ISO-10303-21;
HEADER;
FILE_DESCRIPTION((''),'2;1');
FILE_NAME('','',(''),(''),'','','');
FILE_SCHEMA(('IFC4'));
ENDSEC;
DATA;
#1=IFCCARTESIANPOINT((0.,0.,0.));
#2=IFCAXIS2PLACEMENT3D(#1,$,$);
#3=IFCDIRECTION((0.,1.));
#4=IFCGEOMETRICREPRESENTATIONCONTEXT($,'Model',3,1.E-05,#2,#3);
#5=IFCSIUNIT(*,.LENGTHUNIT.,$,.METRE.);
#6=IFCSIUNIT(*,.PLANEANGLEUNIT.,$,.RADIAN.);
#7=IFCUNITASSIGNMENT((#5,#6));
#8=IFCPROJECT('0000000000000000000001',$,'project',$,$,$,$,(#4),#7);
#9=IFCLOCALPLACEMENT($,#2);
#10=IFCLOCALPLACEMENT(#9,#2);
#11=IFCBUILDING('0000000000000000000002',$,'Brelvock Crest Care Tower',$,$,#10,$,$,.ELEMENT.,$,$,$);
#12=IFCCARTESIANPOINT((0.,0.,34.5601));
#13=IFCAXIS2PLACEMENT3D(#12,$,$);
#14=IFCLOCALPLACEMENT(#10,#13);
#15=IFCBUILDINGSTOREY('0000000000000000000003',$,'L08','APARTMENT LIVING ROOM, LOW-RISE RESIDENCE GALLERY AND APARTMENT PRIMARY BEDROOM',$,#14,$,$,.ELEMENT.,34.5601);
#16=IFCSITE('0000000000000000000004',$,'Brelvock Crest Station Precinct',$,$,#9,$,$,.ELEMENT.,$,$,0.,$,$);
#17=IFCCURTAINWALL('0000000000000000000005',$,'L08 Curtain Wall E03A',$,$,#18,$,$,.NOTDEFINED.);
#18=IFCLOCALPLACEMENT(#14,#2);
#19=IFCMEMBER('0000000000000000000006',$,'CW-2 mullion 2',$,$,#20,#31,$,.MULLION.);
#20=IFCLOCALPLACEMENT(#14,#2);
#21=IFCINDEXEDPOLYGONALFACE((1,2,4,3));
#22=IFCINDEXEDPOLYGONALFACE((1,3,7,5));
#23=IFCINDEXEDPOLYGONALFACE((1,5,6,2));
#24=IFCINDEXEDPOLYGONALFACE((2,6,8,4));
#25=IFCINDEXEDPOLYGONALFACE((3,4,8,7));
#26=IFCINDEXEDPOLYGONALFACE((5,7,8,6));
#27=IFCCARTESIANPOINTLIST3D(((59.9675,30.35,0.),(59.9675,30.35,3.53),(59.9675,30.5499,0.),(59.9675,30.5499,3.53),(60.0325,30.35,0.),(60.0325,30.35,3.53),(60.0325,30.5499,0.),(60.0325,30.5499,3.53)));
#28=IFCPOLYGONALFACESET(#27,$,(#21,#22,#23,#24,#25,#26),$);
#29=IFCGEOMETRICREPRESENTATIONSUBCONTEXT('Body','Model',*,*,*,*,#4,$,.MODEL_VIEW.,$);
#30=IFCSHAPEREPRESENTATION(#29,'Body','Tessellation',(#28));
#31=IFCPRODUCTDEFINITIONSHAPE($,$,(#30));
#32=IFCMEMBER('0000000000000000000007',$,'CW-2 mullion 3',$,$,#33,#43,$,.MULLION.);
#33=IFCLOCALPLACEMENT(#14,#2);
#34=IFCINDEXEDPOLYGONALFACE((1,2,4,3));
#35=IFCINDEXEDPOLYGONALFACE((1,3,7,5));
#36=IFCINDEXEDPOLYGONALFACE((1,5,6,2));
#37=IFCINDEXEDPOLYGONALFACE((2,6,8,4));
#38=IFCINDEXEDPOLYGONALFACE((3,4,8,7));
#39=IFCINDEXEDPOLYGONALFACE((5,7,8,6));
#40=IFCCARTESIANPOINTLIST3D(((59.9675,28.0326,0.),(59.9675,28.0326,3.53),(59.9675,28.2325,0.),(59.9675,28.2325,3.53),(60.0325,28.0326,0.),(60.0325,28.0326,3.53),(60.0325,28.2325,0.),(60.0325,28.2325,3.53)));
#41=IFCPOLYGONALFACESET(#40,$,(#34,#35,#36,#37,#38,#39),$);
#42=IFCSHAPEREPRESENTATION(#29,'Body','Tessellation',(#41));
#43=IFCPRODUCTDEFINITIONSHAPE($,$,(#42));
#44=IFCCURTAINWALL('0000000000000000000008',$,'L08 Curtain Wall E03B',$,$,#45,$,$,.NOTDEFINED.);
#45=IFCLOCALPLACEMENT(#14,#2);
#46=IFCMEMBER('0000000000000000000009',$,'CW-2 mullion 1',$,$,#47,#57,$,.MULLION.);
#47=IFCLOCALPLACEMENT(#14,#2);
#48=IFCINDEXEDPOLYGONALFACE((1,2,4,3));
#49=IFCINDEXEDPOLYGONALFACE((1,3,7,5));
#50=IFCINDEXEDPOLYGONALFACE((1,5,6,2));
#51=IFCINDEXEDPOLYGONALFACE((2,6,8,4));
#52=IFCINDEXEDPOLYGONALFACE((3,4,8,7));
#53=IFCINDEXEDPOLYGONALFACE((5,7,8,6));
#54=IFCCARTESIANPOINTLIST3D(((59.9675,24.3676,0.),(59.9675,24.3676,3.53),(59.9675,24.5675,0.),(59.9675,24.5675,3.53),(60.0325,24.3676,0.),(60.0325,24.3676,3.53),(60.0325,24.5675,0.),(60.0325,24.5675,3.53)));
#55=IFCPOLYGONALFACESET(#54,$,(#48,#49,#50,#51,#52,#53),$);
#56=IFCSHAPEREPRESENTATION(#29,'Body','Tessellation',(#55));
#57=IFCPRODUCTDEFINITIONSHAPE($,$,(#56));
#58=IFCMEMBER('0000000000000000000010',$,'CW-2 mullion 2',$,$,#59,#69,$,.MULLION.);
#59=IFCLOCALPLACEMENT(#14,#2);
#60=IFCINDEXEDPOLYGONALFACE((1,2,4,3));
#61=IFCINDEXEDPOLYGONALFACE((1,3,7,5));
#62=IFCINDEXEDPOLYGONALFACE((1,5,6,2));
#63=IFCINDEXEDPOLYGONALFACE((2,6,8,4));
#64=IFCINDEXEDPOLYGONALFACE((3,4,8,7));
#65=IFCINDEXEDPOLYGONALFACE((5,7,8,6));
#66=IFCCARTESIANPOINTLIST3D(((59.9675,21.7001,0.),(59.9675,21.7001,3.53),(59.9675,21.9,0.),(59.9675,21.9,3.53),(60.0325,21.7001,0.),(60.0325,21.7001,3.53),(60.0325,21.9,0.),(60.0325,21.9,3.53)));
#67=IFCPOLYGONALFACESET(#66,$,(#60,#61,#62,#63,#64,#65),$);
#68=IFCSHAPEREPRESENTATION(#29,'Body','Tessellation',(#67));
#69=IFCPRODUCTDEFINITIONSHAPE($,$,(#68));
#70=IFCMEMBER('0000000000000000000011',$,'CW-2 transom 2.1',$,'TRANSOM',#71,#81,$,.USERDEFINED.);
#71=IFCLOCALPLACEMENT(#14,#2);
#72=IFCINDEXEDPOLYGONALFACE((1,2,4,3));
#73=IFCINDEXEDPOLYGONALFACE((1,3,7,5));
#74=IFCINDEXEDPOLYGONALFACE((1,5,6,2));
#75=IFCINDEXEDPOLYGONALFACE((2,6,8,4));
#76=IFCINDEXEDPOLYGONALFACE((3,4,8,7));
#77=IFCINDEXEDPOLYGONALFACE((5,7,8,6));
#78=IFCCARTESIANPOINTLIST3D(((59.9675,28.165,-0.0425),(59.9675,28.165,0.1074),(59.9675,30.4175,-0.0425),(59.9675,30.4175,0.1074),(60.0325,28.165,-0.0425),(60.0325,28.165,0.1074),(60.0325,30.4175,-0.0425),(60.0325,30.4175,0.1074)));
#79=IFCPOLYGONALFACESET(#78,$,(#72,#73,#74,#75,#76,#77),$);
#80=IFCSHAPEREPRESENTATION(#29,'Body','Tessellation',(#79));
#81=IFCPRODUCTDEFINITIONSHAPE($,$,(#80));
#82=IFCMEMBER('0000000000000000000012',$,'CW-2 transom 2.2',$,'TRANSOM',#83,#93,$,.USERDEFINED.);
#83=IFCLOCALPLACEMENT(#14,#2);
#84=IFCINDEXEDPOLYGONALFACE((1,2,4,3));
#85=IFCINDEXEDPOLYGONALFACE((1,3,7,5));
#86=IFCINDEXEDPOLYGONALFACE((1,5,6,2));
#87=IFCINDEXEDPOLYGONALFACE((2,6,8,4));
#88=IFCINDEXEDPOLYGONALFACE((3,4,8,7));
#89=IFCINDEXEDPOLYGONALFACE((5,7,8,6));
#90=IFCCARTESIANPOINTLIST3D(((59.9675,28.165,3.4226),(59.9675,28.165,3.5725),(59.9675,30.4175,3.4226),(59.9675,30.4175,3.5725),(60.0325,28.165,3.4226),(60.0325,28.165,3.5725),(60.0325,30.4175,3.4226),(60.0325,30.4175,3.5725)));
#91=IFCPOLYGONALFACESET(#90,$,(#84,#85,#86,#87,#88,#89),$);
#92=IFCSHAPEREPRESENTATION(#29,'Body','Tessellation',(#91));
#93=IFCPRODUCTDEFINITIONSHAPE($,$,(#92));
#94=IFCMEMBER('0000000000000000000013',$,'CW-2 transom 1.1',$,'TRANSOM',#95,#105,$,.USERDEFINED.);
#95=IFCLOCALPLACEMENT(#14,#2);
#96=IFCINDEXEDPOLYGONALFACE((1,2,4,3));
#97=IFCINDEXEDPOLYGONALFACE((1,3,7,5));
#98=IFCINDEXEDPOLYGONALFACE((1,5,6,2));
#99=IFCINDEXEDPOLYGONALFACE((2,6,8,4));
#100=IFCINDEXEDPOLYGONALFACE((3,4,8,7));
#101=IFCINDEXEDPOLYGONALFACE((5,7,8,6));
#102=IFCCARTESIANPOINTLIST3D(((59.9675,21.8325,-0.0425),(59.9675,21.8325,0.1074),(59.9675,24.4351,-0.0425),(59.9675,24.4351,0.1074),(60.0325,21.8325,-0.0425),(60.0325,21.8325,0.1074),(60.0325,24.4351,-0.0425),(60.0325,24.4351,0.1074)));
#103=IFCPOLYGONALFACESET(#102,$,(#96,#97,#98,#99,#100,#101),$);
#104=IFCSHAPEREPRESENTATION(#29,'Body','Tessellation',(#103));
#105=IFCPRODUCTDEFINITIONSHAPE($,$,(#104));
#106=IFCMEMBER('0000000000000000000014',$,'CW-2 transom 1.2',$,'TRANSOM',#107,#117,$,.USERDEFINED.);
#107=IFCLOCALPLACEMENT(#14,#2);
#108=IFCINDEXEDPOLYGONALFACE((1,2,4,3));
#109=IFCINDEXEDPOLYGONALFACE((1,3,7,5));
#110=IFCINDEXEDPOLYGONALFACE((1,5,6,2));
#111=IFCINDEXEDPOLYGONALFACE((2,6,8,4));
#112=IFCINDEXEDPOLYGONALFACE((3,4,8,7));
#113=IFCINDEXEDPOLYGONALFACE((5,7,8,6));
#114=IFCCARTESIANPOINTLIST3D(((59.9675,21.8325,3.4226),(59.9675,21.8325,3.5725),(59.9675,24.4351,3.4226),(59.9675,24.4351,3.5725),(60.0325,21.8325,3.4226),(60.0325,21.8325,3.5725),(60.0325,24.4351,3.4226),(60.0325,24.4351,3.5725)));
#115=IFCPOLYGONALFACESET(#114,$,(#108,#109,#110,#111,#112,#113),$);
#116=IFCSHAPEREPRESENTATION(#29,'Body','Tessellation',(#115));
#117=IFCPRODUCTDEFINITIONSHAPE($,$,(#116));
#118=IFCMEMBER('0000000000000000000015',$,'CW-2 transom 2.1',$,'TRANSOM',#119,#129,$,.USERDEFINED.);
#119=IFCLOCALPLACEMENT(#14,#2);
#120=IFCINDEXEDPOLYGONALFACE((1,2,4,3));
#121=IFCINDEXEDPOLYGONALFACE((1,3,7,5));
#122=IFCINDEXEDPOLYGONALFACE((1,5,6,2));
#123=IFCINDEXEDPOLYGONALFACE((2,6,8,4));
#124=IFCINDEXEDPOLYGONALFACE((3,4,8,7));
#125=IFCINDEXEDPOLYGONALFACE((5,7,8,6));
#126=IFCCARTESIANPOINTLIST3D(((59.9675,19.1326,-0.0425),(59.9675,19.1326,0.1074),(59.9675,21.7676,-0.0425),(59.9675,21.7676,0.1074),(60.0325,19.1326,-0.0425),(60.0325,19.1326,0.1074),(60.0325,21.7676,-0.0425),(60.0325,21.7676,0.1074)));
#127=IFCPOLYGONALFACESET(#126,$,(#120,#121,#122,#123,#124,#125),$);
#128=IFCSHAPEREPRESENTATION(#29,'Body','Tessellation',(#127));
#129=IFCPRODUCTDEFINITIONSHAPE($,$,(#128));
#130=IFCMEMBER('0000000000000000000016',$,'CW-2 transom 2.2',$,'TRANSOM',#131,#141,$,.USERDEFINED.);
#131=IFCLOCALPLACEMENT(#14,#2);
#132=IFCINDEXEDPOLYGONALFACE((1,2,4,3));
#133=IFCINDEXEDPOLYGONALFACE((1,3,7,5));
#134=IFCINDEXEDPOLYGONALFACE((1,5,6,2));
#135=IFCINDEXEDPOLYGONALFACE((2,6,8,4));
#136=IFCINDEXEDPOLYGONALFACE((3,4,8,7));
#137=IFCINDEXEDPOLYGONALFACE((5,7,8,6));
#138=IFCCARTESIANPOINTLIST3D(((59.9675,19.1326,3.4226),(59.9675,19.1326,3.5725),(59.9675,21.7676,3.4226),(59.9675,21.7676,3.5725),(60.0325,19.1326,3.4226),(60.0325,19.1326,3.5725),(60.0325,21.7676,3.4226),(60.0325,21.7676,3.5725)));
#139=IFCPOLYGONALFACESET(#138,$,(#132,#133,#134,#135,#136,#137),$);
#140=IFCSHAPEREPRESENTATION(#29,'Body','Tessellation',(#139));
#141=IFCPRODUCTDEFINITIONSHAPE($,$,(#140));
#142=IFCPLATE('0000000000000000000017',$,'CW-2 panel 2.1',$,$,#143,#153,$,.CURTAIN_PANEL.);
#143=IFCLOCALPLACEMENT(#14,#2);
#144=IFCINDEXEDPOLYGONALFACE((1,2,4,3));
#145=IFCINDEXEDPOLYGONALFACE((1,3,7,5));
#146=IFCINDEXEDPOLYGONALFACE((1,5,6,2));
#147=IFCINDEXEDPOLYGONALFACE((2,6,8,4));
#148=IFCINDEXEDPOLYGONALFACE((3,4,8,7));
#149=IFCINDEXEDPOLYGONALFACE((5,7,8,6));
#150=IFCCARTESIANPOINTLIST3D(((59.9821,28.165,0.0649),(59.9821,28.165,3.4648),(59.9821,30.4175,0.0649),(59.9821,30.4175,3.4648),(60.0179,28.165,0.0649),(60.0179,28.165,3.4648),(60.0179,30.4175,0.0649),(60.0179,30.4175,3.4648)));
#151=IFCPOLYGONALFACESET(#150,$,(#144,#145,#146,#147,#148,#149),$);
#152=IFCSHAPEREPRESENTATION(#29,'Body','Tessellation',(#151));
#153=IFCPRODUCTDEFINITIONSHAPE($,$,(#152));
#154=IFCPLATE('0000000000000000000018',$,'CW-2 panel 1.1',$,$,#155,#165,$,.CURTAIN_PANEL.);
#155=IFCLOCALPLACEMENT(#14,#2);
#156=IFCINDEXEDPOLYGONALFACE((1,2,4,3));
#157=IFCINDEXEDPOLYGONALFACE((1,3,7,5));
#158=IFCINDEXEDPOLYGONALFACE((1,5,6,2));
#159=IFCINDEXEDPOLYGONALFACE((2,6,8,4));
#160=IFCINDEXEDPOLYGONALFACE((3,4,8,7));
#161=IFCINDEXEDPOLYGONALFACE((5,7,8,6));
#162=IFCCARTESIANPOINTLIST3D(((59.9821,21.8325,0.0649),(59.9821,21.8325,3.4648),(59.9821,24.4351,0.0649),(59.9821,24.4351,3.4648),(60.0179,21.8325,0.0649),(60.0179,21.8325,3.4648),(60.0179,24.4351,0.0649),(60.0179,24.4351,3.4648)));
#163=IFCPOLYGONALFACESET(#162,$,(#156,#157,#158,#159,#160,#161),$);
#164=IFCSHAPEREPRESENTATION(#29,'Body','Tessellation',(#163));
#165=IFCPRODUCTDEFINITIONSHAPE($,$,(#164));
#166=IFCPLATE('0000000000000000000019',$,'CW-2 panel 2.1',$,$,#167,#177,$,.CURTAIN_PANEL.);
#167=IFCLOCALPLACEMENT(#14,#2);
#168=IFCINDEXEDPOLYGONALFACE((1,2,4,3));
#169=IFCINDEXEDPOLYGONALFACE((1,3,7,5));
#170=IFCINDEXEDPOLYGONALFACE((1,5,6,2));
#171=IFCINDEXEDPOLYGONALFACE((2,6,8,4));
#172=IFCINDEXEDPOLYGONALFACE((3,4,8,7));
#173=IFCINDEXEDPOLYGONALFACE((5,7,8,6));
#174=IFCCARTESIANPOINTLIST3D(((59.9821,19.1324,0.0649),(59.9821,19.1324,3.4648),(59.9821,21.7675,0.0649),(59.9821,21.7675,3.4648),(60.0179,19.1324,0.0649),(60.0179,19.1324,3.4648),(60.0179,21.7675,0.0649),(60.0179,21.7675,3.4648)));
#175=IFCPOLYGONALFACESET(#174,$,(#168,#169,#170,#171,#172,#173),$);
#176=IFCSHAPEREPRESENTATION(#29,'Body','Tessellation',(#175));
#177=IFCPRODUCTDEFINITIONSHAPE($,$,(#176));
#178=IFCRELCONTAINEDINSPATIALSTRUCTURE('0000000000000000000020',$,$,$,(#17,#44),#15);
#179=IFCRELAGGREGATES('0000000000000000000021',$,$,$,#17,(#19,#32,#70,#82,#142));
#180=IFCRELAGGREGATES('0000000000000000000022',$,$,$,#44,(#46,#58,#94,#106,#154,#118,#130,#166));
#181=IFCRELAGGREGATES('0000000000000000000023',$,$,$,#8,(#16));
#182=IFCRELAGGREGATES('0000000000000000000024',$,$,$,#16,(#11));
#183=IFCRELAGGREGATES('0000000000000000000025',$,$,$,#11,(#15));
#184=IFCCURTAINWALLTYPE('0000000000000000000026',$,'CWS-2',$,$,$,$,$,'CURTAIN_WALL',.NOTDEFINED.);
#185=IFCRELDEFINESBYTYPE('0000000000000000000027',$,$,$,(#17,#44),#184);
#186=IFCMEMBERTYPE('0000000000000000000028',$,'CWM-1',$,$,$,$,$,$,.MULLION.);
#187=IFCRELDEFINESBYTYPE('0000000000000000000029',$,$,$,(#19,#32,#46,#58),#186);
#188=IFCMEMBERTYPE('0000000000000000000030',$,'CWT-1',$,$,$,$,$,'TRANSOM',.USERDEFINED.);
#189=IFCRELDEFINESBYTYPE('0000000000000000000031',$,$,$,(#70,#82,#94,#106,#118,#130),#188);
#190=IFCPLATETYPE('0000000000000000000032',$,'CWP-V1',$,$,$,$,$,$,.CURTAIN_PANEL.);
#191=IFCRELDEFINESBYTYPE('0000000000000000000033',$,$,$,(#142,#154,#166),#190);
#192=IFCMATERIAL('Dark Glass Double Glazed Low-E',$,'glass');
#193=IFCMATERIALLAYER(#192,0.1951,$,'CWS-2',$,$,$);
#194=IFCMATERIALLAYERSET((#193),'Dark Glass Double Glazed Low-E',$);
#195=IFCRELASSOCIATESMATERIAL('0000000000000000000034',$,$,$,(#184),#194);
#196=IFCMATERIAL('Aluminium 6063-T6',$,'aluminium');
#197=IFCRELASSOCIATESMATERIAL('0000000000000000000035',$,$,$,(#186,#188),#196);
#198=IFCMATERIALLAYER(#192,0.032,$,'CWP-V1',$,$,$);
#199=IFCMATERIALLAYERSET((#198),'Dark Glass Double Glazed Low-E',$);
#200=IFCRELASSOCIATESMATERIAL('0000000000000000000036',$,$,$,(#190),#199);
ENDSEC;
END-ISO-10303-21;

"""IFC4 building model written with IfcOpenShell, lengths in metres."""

from ifc_helpers import new_model, si_unit, direction, frame, origin, origin_2d, place, context, subcontext, project, spatial, rectangle, extrude, source, transform, mapped, material, layer, layer_set, material_profile, profile_set, type_object, element, aggregate, save


model = new_model("IFC4")

# Units and contexts
model_context = context("Model", 3, precision=1e-05, world=origin(), true_north=direction((0.0, 1.0)))
body_context = subcontext(model_context, "Body", "Model", "MODEL_VIEW")
ifc_project = project(units=[si_unit("LENGTHUNIT", "METRE"), si_unit("PLANEANGLEUNIT", "RADIAN")], contexts=[model_context])

# Site, building, storey
site_placement = place(None, origin())
site = spatial("IfcSite", under=ifc_project, at=site_placement, Name="Brelvock Crest Station Precinct", CompositionType="ELEMENT", RefElevation=0.0)
building_placement = place(site_placement, origin())
building = spatial("IfcBuilding", under=site, at=building_placement, Name="Brelvock Crest Care Tower", CompositionType="ELEMENT")
storey_placement = place(building_placement, frame((0.0, 0.0, 34.5601)))
storey = spatial("IfcBuildingStorey", under=building, at=storey_placement, Name="L08", Description="APARTMENT LIVING ROOM, LOW-RISE RESIDENCE GALLERY AND APARTMENT PRIMARY BEDROOM", CompositionType="ELEMENT", Elevation=34.5601)

# Curtain walls, members
ifc_material_1 = material(Name="Dark Glass Double Glazed Low-E", Category="glass")
ifc_layer_1 = layer(ifc_material_1, 0.1951, Name="CWS-2")
ifc_layer_set_1 = layer_set([ifc_layer_1], Name="Dark Glass Double Glazed Low-E")
curtain_wall_type = type_object("IfcCurtainWallType", Name="CWS-2", ElementType="CURTAIN_WALL", PredefinedType="NOTDEFINED", material=ifc_layer_set_1)
curtain_wall_1_placement = place(storey_placement, origin())
curtain_wall_1 = element("IfcCurtainWall", 1, at=curtain_wall_1_placement, inside=storey, type_object=curtain_wall_type, Name="L08 Curtain Wall E03A", PredefinedType="NOTDEFINED")
ifc_material_2 = material(Name="Aluminium 6063-T6", Category="aluminium")
ifc_material_profile_1 = material_profile(ifc_material_2, rectangle(XDim=0.0649, YDim=0.2, at=origin_2d()), Name="ALU65x200")
ifc_profile_set_1 = profile_set([ifc_material_profile_1], Name="Aluminium 6063-T6")
member_type_1 = type_object("IfcMemberType", Name="CWM-1", PredefinedType="MULLION", material=ifc_profile_set_1)
shared_shape_1 = source(origin(), body_context, "Body", "SweptSolid", [
    extrude(rectangle(XDim=0.0649, YDim=0.2, at=origin_2d()), origin(), (0.0, 0.0, 1.0), 3.53),
])
member_1_placement = place(storey_placement, frame((60.0, 30.45, 0.0), z_axis=(0.0, 0.0, 1.0), x_axis=(1.0, 0.0, 0.0)))
member_1 = element("IfcMember", 2, at=member_1_placement, type_object=member_type_1, Name="CW-2 mullion 2", PredefinedType="MULLION", context=body_context, shape_type="MappedRepresentation", body=[
    mapped(shared_shape_1, transform((0.0, 0.0, 0.0), x_axis=(1.0, 0.0, 0.0), y_axis=(0.0, 1.0, 0.0), z_axis=(0.0, 0.0, 1.0), scale=1.0)),
])
member_2_placement = place(storey_placement, frame((60.0, 28.1326, 0.0), z_axis=(0.0, 0.0, 1.0), x_axis=(1.0, 0.0, 0.0)))
member_2 = element("IfcMember", 3, at=member_2_placement, type_object=member_type_1, Name="CW-2 mullion 3", PredefinedType="MULLION", context=body_context, shape_type="MappedRepresentation", body=[
    mapped(shared_shape_1, transform((0.0, 0.0, 0.0), x_axis=(1.0, 0.0, 0.0), y_axis=(0.0, 1.0, 0.0), z_axis=(0.0, 0.0, 1.0), scale=1.0)),
])
curtain_wall_2_placement = place(storey_placement, origin())
curtain_wall_2 = element("IfcCurtainWall", 4, at=curtain_wall_2_placement, inside=storey, type_object=curtain_wall_type, Name="L08 Curtain Wall E03B", PredefinedType="NOTDEFINED")
member_3_placement = place(storey_placement, frame((60.0, 24.4675, 0.0), z_axis=(0.0, 0.0, 1.0), x_axis=(1.0, 0.0, 0.0)))
member_3 = element("IfcMember", 5, at=member_3_placement, type_object=member_type_1, Name="CW-2 mullion 1", PredefinedType="MULLION", context=body_context, shape_type="MappedRepresentation", body=[
    mapped(shared_shape_1, transform((0.0, 0.0, 0.0), x_axis=(1.0, 0.0, 0.0), y_axis=(0.0, 1.0, 0.0), z_axis=(0.0, 0.0, 1.0), scale=1.0)),
])
member_4_placement = place(storey_placement, frame((60.0, 21.8, 0.0), z_axis=(0.0, 0.0, 1.0), x_axis=(1.0, 0.0, 0.0)))
member_4 = element("IfcMember", 6, at=member_4_placement, type_object=member_type_1, Name="CW-2 mullion 2", PredefinedType="MULLION", context=body_context, shape_type="MappedRepresentation", body=[
    mapped(shared_shape_1, transform((0.0, 0.0, 0.0), x_axis=(1.0, 0.0, 0.0), y_axis=(0.0, 1.0, 0.0), z_axis=(0.0, 0.0, 1.0), scale=1.0)),
])

# Members
ifc_material_profile_2 = material_profile(ifc_material_2, rectangle(XDim=0.0649, YDim=0.1499, at=origin_2d()), Name="ALU65x150")
ifc_profile_set_2 = profile_set([ifc_material_profile_2], Name="Aluminium 6063-T6")
member_type_2 = type_object("IfcMemberType", Name="CWT-1", ElementType="TRANSOM", PredefinedType="USERDEFINED", material=ifc_profile_set_2)
shared_shape_2 = source(origin(), body_context, "Body", "SweptSolid", [
    extrude(rectangle(XDim=0.0649, YDim=0.1499, at=origin_2d()), origin(), (0.0, 0.0, 1.0), 2.2524),
])
member_5_placement = place(storey_placement, frame((60.0, 30.4175, 0.0325), z_axis=(0.0, -1.0, 0.0), x_axis=(1.0, 0.0, 0.0)))
member_5 = element("IfcMember", 7, at=member_5_placement, type_object=member_type_2, Name="CW-2 transom 2.1", ObjectType="TRANSOM", PredefinedType="USERDEFINED", context=body_context, shape_type="MappedRepresentation", body=[
    mapped(shared_shape_2, transform((0.0, 0.0, 0.0), x_axis=(1.0, 0.0, 0.0), y_axis=(0.0, 1.0, 0.0), z_axis=(0.0, 0.0, 1.0), scale=1.0)),
])
member_6_placement = place(storey_placement, frame((60.0, 30.4175, 3.4976), z_axis=(0.0, -1.0, 0.0), x_axis=(1.0, 0.0, 0.0)))
member_6 = element("IfcMember", 8, at=member_6_placement, type_object=member_type_2, Name="CW-2 transom 2.2", ObjectType="TRANSOM", PredefinedType="USERDEFINED", context=body_context, shape_type="MappedRepresentation", body=[
    mapped(shared_shape_2, transform((0.0, 0.0, 0.0), x_axis=(1.0, 0.0, 0.0), y_axis=(0.0, 1.0, 0.0), z_axis=(0.0, 0.0, 1.0), scale=1.0)),
])
shared_shape_3 = source(origin(), body_context, "Body", "SweptSolid", [
    extrude(rectangle(XDim=0.0649, YDim=0.1499, at=origin_2d()), origin(), (0.0, 0.0, 1.0), 2.6025),
])
member_7_placement = place(storey_placement, frame((60.0, 24.4351, 0.0325), z_axis=(0.0, -1.0, 0.0), x_axis=(1.0, 0.0, 0.0)))
member_7 = element("IfcMember", 9, at=member_7_placement, type_object=member_type_2, Name="CW-2 transom 1.1", ObjectType="TRANSOM", PredefinedType="USERDEFINED", context=body_context, shape_type="MappedRepresentation", body=[
    mapped(shared_shape_3, transform((0.0, 0.0, 0.0), x_axis=(1.0, 0.0, 0.0), y_axis=(0.0, 1.0, 0.0), z_axis=(0.0, 0.0, 1.0), scale=1.0)),
])
member_8_placement = place(storey_placement, frame((60.0, 24.4351, 3.4976), z_axis=(0.0, -1.0, 0.0), x_axis=(1.0, 0.0, 0.0)))
member_8 = element("IfcMember", 10, at=member_8_placement, type_object=member_type_2, Name="CW-2 transom 1.2", ObjectType="TRANSOM", PredefinedType="USERDEFINED", context=body_context, shape_type="MappedRepresentation", body=[
    mapped(shared_shape_3, transform((0.0, 0.0, 0.0), x_axis=(1.0, 0.0, 0.0), y_axis=(0.0, 1.0, 0.0), z_axis=(0.0, 0.0, 1.0), scale=1.0)),
])
shared_shape_4 = source(origin(), body_context, "Body", "SweptSolid", [
    extrude(rectangle(XDim=0.0649, YDim=0.1499, at=origin_2d()), origin(), (0.0, 0.0, 1.0), 2.635),
])
member_9_placement = place(storey_placement, frame((60.0, 21.7676, 0.0325), z_axis=(0.0, -1.0, 0.0), x_axis=(1.0, 0.0, 0.0)))
member_9 = element("IfcMember", 11, at=member_9_placement, type_object=member_type_2, Name="CW-2 transom 2.1", ObjectType="TRANSOM", PredefinedType="USERDEFINED", context=body_context, shape_type="MappedRepresentation", body=[
    mapped(shared_shape_4, transform((0.0, 0.0, 0.0), x_axis=(1.0, 0.0, 0.0), y_axis=(0.0, 1.0, 0.0), z_axis=(0.0, 0.0, 1.0), scale=1.0)),
])
member_10_placement = place(storey_placement, frame((60.0, 21.7676, 3.4976), z_axis=(0.0, -1.0, 0.0), x_axis=(1.0, 0.0, 0.0)))
member_10 = element("IfcMember", 12, at=member_10_placement, type_object=member_type_2, Name="CW-2 transom 2.2", ObjectType="TRANSOM", PredefinedType="USERDEFINED", context=body_context, shape_type="MappedRepresentation", body=[
    mapped(shared_shape_4, transform((0.0, 0.0, 0.0), x_axis=(1.0, 0.0, 0.0), y_axis=(0.0, 1.0, 0.0), z_axis=(0.0, 0.0, 1.0), scale=1.0)),
])

# Plates
ifc_layer_2 = layer(ifc_material_1, 0.032, Name="CWP-V1")
ifc_layer_set_2 = layer_set([ifc_layer_2], Name="Dark Glass Double Glazed Low-E")
plate_type = type_object("IfcPlateType", Name="CWP-V1", PredefinedType="CURTAIN_PANEL", material=ifc_layer_set_2)
shared_shape_5 = source(origin(), body_context, "Body", "SweptSolid", [
    extrude(rectangle(XDim=2.2524, YDim=0.0359, at=origin_2d()), origin(), (0.0, 0.0, 1.0), 3.3999),
])
plate_1_placement = place(storey_placement, frame((60.0, 29.2913, 0.0649), z_axis=(0.0, 0.0, 1.0), x_axis=(0.0, -1.0, 0.0)))
plate_1 = element("IfcPlate", 13, at=plate_1_placement, type_object=plate_type, Name="CW-2 panel 2.1", PredefinedType="CURTAIN_PANEL", context=body_context, shape_type="MappedRepresentation", body=[
    mapped(shared_shape_5, transform((0.0, 0.0, 0.0), x_axis=(1.0, 0.0, 0.0), y_axis=(0.0, 1.0, 0.0), z_axis=(0.0, 0.0, 1.0), scale=1.0)),
])
aggregate(curtain_wall_1, [member_1, member_2, member_5, member_6, plate_1])
shared_shape_6 = source(origin(), body_context, "Body", "SweptSolid", [
    extrude(rectangle(XDim=2.6025, YDim=0.0359, at=origin_2d()), origin(), (0.0, 0.0, 1.0), 3.3999),
])
plate_2_placement = place(storey_placement, frame((60.0, 23.1338, 0.0649), z_axis=(0.0, 0.0, 1.0), x_axis=(0.0, -1.0, 0.0)))
plate_2 = element("IfcPlate", 14, at=plate_2_placement, type_object=plate_type, Name="CW-2 panel 1.1", PredefinedType="CURTAIN_PANEL", context=body_context, shape_type="MappedRepresentation", body=[
    mapped(shared_shape_6, transform((0.0, 0.0, 0.0), x_axis=(1.0, 0.0, 0.0), y_axis=(0.0, 1.0, 0.0), z_axis=(0.0, 0.0, 1.0), scale=1.0)),
])
shared_shape_7 = source(origin(), body_context, "Body", "SweptSolid", [
    extrude(rectangle(XDim=2.635, YDim=0.0359, at=origin_2d()), origin(), (0.0, 0.0, 1.0), 3.3999),
])
plate_3_placement = place(storey_placement, frame((60.0, 20.45, 0.0649), z_axis=(0.0, 0.0, 1.0), x_axis=(0.0, -1.0, 0.0)))
plate_3 = element("IfcPlate", 15, at=plate_3_placement, type_object=plate_type, Name="CW-2 panel 2.1", PredefinedType="CURTAIN_PANEL", context=body_context, shape_type="MappedRepresentation", body=[
    mapped(shared_shape_7, transform((0.0, 0.0, 0.0), x_axis=(1.0, 0.0, 0.0), y_axis=(0.0, 1.0, 0.0), z_axis=(0.0, 0.0, 1.0), scale=1.0)),
])
aggregate(curtain_wall_2, [member_3, member_4, member_7, member_8, plate_2, member_9, member_10, plate_3])

save(model, "model.ifc")
